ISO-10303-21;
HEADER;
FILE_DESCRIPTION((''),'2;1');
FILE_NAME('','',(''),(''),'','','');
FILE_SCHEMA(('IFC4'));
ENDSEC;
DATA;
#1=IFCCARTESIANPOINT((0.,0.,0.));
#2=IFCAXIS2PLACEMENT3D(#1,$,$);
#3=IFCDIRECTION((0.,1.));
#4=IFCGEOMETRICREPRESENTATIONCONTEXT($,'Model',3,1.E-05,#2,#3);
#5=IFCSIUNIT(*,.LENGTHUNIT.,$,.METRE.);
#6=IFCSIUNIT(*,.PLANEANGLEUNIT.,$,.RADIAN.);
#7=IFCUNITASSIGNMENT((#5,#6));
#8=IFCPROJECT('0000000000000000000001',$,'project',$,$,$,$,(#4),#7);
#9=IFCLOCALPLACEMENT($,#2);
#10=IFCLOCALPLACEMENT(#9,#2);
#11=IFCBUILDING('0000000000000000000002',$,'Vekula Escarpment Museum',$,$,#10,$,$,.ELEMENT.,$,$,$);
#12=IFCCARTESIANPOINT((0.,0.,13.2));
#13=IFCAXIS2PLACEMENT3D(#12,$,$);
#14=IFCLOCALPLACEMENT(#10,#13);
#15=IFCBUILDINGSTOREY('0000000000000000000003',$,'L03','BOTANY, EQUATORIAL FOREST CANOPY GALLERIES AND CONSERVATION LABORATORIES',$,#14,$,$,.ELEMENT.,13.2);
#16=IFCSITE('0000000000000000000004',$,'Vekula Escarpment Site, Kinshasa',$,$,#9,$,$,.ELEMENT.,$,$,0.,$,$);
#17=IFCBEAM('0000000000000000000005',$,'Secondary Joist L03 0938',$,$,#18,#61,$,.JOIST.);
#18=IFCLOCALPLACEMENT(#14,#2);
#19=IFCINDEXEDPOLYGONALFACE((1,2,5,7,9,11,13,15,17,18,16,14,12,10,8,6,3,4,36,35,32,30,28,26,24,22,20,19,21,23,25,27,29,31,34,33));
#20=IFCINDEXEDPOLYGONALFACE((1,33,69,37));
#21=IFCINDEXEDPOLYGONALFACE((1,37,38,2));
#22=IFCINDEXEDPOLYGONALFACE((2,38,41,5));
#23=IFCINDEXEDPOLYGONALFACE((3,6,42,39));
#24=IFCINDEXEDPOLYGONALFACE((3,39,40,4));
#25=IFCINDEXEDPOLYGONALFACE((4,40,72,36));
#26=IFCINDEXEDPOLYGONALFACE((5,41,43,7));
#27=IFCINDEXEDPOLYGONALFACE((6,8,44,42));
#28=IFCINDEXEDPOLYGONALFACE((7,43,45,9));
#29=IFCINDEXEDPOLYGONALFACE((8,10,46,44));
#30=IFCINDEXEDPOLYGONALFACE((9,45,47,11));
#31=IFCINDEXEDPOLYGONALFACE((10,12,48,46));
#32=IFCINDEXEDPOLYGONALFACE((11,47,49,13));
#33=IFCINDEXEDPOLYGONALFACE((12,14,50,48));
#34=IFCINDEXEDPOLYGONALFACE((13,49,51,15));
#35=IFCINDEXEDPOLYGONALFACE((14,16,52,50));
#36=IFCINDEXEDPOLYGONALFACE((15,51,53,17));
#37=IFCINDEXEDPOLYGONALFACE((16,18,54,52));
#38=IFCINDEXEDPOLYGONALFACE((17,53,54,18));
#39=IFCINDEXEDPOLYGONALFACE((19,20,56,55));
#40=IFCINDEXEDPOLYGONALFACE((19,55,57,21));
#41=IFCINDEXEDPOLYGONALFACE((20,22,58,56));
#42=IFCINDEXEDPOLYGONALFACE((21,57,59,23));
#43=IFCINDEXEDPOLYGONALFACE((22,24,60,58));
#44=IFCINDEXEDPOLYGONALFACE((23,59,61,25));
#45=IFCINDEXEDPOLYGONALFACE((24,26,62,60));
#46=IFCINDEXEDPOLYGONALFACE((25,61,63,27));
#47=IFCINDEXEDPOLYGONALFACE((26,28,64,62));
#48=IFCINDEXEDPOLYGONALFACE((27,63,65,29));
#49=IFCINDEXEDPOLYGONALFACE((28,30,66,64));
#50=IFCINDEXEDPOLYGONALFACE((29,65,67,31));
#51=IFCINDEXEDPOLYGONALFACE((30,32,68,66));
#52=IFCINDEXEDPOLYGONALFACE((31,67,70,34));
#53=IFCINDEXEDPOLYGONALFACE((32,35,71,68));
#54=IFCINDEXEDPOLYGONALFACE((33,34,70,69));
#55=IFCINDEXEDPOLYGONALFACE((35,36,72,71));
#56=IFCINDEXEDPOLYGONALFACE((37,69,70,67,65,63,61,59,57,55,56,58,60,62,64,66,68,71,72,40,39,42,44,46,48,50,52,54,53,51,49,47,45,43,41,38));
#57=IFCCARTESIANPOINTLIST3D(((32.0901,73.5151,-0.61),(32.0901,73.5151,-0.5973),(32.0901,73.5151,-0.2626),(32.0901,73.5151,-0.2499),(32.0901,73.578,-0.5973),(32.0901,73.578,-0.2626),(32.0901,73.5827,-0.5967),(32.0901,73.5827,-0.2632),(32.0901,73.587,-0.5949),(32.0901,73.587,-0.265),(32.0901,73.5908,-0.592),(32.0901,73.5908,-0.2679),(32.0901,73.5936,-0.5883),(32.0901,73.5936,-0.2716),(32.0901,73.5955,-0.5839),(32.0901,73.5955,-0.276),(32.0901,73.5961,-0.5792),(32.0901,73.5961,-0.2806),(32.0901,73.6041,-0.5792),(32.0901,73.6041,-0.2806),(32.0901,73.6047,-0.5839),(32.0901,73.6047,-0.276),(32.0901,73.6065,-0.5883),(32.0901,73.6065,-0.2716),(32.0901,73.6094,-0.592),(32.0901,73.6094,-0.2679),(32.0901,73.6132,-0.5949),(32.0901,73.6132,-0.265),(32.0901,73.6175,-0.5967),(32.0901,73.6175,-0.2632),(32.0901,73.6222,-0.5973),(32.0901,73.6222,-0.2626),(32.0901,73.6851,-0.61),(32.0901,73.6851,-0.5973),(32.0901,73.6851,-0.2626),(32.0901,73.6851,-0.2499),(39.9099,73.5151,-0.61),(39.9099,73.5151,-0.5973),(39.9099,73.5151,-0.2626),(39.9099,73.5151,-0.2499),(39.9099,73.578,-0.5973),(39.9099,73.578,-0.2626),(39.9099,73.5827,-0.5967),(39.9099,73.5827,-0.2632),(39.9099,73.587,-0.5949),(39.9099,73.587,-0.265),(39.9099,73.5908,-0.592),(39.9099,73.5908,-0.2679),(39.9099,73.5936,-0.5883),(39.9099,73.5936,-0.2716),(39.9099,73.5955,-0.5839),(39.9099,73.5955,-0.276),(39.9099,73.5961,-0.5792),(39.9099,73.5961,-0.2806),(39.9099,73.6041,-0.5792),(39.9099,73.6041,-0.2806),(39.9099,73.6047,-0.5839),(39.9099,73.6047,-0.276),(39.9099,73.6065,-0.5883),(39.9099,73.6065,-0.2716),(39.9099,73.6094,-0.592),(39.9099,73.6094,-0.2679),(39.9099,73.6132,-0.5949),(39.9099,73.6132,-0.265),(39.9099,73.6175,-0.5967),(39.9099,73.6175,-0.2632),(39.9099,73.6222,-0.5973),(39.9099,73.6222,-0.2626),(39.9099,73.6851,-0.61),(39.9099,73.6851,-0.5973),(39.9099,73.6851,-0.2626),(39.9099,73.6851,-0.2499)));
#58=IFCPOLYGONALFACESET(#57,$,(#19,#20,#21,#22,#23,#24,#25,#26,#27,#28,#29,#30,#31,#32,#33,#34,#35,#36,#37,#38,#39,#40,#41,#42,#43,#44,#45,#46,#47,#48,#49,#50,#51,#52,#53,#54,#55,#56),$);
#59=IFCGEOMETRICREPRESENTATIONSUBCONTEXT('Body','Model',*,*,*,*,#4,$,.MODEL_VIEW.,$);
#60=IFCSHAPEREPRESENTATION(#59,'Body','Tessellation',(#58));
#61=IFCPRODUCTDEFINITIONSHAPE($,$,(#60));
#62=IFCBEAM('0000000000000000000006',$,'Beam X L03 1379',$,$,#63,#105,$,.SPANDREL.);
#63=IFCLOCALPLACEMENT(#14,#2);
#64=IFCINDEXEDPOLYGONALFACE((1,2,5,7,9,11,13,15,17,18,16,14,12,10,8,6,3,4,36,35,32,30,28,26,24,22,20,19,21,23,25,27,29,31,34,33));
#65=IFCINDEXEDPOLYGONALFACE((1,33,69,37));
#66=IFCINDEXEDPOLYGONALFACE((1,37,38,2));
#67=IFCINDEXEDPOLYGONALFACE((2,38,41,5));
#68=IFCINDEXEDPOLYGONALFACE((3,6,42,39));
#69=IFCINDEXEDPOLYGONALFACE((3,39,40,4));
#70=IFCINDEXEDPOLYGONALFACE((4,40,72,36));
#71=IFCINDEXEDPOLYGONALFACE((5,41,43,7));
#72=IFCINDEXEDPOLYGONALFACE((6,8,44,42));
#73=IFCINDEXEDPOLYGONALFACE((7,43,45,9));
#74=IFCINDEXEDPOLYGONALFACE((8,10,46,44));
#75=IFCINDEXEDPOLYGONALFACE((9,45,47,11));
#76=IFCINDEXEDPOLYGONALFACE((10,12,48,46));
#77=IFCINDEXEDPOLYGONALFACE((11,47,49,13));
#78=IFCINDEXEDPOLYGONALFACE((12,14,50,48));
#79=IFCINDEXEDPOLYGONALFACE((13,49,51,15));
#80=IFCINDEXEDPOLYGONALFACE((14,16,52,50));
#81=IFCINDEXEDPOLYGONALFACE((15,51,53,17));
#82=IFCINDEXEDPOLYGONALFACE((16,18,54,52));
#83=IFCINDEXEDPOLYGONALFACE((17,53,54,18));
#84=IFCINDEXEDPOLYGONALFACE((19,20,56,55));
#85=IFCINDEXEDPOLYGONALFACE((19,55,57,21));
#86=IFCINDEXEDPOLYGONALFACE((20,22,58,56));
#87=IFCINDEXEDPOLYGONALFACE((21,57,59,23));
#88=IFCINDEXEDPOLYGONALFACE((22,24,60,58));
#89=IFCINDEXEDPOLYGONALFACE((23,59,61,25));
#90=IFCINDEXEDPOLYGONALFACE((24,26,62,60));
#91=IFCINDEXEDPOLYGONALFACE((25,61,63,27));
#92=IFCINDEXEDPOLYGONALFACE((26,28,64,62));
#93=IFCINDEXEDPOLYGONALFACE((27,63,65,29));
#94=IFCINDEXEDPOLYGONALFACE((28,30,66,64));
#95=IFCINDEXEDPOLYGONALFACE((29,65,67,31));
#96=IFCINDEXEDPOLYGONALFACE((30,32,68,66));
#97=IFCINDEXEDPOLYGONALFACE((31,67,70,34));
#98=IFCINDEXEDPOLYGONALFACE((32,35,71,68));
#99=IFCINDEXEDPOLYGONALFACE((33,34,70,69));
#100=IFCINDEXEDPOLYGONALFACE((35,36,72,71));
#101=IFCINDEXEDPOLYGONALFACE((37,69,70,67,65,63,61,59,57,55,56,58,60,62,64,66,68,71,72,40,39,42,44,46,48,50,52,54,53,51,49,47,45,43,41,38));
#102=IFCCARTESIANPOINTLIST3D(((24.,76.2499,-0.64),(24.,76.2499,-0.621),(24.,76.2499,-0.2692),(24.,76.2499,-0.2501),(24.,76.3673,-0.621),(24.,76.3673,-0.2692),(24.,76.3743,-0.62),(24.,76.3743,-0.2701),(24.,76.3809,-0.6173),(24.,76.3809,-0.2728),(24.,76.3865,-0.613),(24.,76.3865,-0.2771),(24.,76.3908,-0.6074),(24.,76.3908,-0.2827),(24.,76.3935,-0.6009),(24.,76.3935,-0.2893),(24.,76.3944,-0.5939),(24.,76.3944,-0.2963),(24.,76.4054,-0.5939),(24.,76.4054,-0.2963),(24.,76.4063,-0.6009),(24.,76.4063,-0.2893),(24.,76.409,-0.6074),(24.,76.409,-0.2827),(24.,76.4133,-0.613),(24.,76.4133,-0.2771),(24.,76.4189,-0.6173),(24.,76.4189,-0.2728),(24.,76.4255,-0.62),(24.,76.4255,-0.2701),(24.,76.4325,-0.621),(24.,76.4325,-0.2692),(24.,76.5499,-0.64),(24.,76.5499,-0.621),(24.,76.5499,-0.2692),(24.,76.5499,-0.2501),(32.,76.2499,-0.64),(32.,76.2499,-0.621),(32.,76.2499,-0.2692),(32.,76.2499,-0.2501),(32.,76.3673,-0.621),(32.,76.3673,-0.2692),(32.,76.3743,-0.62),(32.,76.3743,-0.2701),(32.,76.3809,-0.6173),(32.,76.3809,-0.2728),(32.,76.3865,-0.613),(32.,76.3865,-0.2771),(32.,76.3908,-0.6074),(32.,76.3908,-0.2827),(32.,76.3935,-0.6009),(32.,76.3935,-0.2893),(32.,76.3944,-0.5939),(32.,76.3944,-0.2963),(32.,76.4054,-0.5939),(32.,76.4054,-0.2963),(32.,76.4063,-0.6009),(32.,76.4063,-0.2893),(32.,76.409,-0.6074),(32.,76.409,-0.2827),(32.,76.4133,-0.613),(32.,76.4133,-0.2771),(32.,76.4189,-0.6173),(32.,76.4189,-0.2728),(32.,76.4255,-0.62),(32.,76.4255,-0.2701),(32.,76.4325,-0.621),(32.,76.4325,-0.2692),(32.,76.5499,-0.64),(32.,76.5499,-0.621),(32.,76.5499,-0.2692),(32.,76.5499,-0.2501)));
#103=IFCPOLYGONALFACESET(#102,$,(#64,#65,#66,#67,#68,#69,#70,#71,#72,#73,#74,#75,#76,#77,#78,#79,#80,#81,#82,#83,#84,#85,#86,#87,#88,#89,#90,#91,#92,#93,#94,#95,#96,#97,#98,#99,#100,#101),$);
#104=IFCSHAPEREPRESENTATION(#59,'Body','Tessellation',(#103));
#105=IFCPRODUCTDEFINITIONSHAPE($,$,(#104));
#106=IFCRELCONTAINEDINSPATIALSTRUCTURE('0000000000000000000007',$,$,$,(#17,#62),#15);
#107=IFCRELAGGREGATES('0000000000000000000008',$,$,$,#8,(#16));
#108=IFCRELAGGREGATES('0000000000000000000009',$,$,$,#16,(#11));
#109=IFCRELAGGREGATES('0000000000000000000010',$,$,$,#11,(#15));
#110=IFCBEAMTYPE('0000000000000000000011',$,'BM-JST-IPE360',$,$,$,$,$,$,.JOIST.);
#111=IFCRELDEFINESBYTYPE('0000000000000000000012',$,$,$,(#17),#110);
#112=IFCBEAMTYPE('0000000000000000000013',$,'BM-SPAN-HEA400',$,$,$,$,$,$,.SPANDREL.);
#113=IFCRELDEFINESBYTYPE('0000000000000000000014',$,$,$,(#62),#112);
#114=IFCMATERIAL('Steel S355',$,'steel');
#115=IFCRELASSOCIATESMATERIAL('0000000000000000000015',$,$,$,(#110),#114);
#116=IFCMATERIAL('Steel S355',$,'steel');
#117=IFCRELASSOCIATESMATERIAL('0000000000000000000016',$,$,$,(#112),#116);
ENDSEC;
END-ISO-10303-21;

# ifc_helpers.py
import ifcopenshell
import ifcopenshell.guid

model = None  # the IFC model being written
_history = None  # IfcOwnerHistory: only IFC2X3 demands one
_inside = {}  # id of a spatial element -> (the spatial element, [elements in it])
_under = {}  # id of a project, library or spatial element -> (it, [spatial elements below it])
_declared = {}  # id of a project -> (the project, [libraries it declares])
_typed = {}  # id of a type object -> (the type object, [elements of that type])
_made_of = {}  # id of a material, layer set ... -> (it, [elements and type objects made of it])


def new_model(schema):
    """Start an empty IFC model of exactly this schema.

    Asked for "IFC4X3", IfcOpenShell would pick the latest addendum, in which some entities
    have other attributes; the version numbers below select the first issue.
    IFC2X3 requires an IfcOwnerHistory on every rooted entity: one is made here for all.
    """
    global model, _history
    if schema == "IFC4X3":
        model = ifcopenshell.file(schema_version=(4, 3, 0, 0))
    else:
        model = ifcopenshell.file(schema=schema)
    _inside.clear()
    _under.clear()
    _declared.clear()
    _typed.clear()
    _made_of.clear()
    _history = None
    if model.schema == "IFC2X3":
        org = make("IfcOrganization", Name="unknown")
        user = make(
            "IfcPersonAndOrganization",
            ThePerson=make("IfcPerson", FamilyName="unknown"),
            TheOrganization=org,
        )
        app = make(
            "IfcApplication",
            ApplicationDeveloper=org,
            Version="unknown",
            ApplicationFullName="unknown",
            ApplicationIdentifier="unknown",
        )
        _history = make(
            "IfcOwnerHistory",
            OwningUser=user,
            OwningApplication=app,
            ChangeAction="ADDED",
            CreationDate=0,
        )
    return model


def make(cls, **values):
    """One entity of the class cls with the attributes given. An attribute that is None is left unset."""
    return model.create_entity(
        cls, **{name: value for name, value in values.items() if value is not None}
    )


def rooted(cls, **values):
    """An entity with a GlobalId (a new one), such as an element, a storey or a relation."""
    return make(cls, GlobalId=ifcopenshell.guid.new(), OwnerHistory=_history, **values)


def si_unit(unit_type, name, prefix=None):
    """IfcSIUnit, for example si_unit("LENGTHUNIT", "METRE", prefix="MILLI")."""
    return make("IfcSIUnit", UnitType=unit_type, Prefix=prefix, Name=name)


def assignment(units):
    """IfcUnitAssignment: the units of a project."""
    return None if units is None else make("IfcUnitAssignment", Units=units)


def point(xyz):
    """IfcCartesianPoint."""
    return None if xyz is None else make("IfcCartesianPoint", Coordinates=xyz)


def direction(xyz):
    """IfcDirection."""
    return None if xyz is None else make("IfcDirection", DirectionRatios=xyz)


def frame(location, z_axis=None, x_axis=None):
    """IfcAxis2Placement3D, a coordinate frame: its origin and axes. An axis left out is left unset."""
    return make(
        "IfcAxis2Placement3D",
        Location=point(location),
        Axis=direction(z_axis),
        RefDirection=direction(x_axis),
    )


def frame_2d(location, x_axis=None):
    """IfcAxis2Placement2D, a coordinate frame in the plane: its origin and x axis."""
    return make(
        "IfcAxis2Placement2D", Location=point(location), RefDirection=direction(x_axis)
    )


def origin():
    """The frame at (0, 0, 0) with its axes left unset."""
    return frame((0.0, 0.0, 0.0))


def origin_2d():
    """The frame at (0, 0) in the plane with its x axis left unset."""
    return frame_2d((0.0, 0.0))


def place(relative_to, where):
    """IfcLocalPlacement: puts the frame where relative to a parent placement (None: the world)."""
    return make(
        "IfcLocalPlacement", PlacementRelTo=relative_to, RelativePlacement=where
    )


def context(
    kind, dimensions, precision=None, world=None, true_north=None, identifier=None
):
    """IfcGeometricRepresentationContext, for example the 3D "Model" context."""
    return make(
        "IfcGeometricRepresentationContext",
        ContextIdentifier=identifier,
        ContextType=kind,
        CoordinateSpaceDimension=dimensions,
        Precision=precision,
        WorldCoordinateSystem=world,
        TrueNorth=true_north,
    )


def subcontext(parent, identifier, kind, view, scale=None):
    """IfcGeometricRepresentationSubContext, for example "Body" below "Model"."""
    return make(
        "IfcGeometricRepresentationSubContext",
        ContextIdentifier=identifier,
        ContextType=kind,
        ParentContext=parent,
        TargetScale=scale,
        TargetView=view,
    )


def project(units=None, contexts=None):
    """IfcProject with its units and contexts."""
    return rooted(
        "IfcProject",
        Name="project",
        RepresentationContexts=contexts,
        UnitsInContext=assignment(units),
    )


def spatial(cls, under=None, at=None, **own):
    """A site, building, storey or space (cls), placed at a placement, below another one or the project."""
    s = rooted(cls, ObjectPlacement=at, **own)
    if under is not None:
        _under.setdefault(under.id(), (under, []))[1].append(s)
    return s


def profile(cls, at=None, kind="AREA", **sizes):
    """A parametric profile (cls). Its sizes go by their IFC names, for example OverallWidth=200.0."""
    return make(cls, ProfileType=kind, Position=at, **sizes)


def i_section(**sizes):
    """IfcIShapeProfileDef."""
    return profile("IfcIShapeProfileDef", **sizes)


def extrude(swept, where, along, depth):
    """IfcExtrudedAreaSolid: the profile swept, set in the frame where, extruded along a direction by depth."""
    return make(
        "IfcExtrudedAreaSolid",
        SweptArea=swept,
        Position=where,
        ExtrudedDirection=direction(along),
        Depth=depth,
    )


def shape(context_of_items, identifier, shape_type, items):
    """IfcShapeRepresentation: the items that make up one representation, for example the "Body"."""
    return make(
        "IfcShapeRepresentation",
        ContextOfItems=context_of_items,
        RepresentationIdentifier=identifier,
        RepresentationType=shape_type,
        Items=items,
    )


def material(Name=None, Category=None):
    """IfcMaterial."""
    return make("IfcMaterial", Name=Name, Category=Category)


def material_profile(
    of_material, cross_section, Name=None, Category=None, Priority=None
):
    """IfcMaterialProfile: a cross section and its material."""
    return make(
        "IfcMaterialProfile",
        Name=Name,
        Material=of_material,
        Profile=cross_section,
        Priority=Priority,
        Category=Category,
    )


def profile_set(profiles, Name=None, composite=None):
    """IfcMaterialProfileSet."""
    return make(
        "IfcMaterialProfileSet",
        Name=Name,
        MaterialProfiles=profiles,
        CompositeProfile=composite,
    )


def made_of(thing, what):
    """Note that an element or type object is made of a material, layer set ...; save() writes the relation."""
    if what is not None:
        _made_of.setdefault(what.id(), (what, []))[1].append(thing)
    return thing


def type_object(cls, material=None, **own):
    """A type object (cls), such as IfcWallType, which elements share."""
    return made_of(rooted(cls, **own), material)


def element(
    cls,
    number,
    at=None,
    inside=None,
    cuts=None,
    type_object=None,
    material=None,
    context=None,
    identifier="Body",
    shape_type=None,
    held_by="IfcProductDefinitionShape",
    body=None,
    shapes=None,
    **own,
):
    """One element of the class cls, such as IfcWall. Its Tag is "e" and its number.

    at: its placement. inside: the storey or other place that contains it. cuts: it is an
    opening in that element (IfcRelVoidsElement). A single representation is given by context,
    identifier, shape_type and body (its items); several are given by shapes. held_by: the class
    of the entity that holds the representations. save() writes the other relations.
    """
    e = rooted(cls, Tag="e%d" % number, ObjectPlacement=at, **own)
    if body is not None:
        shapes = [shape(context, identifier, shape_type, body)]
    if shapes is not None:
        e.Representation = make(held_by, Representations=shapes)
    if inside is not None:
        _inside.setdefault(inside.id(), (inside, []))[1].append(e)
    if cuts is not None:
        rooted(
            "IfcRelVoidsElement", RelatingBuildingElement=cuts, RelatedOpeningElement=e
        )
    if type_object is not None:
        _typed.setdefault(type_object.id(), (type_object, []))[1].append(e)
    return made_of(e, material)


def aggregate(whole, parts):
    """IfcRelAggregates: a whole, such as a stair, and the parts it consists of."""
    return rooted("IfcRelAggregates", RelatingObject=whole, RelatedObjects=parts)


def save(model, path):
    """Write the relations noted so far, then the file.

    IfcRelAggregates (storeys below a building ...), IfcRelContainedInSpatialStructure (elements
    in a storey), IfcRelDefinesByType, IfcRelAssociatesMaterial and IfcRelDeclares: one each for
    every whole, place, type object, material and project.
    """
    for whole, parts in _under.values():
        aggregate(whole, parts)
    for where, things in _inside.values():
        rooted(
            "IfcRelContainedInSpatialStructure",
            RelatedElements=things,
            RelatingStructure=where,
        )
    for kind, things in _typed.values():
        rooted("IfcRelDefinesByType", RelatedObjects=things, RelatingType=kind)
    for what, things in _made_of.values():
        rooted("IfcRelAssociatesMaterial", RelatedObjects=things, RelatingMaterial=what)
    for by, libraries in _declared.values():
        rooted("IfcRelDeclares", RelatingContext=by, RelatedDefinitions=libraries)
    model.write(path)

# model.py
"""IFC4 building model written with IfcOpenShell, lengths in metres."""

from ifc_helpers import new_model, si_unit, direction, frame, origin, origin_2d, place, context, subcontext, project, spatial, i_section, extrude, material, material_profile, profile_set, type_object, element, save


model = new_model("IFC4")

# Units and contexts
model_context = context("Model", 3, precision=1e-05, world=origin(), true_north=direction((0.0, 1.0)))
body_context = subcontext(model_context, "Body", "Model", "MODEL_VIEW")
ifc_project = project(units=[si_unit("LENGTHUNIT", "METRE"), si_unit("PLANEANGLEUNIT", "RADIAN")], contexts=[model_context])

# Site, building, storey
site_placement = place(None, origin())
site = spatial("IfcSite", under=ifc_project, at=site_placement, Name="Vekula Escarpment Site, Kinshasa", CompositionType="ELEMENT", RefElevation=0.0)
building_placement = place(site_placement, origin())
building = spatial("IfcBuilding", under=site, at=building_placement, Name="Vekula Escarpment Museum", CompositionType="ELEMENT")
storey_placement = place(building_placement, frame((0.0, 0.0, 13.2)))
storey = spatial("IfcBuildingStorey", under=building, at=storey_placement, Name="L03", Description="BOTANY, EQUATORIAL FOREST CANOPY GALLERIES AND CONSERVATION LABORATORIES", CompositionType="ELEMENT", Elevation=13.2)

# Beams
ifc_material_1 = material(Name="Steel S355", Category="steel")
ifc_material_profile_1 = material_profile(ifc_material_1, i_section(OverallWidth=0.1699, OverallDepth=0.3601, WebThickness=0.0081, FlangeThickness=0.0127, FilletRadius=0.0181, at=origin_2d()), Name="IPE 360")
ifc_profile_set_1 = profile_set([ifc_material_profile_1], Name="Steel S355")
beam_type_1 = type_object("IfcBeamType", Name="BM-JST-IPE360", PredefinedType="JOIST", material=ifc_profile_set_1)
for number, where, z_axis, x_axis, name in (
    (1, (32.0901, 73.6001, -0.4299), (1.0, 0.0, 0.0), (0.0, 1.0, 0.0), "Secondary Joist L03 0938"),
):
    element("IfcBeam", number, at=place(storey_placement, frame(where, z_axis=z_axis, x_axis=x_axis)), inside=storey, type_object=beam_type_1, Name=name, PredefinedType="JOIST", context=body_context, shape_type="SweptSolid", body=[
        extrude(i_section(OverallWidth=0.1699, OverallDepth=0.3601, WebThickness=0.0081, FlangeThickness=0.0127, FilletRadius=0.0181, at=origin_2d()), origin(), (0.0, 0.0, 1.0), 7.8198),
    ])
ifc_material_2 = material(Name="Steel S355", Category="steel")
ifc_material_profile_2 = material_profile(ifc_material_2, i_section(OverallWidth=0.3, OverallDepth=0.3899, WebThickness=0.011, FlangeThickness=0.019, FilletRadius=0.0271, at=origin_2d()), Name="HEA 400")
ifc_profile_set_2 = profile_set([ifc_material_profile_2], Name="Steel S355")
beam_type_2 = type_object("IfcBeamType", Name="BM-SPAN-HEA400", PredefinedType="SPANDREL", material=ifc_profile_set_2)
beam_1_placement = place(storey_placement, frame((24.0, 76.3999, -0.4451), z_axis=(1.0, 0.0, 0.0), x_axis=(0.0, 1.0, 0.0)))
element("IfcBeam", 2, at=beam_1_placement, inside=storey, type_object=beam_type_2, Name="Beam X L03 1379", PredefinedType="SPANDREL", context=body_context, shape_type="SweptSolid", body=[
    extrude(i_section(OverallWidth=0.3, OverallDepth=0.3899, WebThickness=0.011, FlangeThickness=0.019, FilletRadius=0.0271, at=origin_2d()), origin(), (0.0, 0.0, 1.0), 8.0),
])

save(model, "model.ifc")
